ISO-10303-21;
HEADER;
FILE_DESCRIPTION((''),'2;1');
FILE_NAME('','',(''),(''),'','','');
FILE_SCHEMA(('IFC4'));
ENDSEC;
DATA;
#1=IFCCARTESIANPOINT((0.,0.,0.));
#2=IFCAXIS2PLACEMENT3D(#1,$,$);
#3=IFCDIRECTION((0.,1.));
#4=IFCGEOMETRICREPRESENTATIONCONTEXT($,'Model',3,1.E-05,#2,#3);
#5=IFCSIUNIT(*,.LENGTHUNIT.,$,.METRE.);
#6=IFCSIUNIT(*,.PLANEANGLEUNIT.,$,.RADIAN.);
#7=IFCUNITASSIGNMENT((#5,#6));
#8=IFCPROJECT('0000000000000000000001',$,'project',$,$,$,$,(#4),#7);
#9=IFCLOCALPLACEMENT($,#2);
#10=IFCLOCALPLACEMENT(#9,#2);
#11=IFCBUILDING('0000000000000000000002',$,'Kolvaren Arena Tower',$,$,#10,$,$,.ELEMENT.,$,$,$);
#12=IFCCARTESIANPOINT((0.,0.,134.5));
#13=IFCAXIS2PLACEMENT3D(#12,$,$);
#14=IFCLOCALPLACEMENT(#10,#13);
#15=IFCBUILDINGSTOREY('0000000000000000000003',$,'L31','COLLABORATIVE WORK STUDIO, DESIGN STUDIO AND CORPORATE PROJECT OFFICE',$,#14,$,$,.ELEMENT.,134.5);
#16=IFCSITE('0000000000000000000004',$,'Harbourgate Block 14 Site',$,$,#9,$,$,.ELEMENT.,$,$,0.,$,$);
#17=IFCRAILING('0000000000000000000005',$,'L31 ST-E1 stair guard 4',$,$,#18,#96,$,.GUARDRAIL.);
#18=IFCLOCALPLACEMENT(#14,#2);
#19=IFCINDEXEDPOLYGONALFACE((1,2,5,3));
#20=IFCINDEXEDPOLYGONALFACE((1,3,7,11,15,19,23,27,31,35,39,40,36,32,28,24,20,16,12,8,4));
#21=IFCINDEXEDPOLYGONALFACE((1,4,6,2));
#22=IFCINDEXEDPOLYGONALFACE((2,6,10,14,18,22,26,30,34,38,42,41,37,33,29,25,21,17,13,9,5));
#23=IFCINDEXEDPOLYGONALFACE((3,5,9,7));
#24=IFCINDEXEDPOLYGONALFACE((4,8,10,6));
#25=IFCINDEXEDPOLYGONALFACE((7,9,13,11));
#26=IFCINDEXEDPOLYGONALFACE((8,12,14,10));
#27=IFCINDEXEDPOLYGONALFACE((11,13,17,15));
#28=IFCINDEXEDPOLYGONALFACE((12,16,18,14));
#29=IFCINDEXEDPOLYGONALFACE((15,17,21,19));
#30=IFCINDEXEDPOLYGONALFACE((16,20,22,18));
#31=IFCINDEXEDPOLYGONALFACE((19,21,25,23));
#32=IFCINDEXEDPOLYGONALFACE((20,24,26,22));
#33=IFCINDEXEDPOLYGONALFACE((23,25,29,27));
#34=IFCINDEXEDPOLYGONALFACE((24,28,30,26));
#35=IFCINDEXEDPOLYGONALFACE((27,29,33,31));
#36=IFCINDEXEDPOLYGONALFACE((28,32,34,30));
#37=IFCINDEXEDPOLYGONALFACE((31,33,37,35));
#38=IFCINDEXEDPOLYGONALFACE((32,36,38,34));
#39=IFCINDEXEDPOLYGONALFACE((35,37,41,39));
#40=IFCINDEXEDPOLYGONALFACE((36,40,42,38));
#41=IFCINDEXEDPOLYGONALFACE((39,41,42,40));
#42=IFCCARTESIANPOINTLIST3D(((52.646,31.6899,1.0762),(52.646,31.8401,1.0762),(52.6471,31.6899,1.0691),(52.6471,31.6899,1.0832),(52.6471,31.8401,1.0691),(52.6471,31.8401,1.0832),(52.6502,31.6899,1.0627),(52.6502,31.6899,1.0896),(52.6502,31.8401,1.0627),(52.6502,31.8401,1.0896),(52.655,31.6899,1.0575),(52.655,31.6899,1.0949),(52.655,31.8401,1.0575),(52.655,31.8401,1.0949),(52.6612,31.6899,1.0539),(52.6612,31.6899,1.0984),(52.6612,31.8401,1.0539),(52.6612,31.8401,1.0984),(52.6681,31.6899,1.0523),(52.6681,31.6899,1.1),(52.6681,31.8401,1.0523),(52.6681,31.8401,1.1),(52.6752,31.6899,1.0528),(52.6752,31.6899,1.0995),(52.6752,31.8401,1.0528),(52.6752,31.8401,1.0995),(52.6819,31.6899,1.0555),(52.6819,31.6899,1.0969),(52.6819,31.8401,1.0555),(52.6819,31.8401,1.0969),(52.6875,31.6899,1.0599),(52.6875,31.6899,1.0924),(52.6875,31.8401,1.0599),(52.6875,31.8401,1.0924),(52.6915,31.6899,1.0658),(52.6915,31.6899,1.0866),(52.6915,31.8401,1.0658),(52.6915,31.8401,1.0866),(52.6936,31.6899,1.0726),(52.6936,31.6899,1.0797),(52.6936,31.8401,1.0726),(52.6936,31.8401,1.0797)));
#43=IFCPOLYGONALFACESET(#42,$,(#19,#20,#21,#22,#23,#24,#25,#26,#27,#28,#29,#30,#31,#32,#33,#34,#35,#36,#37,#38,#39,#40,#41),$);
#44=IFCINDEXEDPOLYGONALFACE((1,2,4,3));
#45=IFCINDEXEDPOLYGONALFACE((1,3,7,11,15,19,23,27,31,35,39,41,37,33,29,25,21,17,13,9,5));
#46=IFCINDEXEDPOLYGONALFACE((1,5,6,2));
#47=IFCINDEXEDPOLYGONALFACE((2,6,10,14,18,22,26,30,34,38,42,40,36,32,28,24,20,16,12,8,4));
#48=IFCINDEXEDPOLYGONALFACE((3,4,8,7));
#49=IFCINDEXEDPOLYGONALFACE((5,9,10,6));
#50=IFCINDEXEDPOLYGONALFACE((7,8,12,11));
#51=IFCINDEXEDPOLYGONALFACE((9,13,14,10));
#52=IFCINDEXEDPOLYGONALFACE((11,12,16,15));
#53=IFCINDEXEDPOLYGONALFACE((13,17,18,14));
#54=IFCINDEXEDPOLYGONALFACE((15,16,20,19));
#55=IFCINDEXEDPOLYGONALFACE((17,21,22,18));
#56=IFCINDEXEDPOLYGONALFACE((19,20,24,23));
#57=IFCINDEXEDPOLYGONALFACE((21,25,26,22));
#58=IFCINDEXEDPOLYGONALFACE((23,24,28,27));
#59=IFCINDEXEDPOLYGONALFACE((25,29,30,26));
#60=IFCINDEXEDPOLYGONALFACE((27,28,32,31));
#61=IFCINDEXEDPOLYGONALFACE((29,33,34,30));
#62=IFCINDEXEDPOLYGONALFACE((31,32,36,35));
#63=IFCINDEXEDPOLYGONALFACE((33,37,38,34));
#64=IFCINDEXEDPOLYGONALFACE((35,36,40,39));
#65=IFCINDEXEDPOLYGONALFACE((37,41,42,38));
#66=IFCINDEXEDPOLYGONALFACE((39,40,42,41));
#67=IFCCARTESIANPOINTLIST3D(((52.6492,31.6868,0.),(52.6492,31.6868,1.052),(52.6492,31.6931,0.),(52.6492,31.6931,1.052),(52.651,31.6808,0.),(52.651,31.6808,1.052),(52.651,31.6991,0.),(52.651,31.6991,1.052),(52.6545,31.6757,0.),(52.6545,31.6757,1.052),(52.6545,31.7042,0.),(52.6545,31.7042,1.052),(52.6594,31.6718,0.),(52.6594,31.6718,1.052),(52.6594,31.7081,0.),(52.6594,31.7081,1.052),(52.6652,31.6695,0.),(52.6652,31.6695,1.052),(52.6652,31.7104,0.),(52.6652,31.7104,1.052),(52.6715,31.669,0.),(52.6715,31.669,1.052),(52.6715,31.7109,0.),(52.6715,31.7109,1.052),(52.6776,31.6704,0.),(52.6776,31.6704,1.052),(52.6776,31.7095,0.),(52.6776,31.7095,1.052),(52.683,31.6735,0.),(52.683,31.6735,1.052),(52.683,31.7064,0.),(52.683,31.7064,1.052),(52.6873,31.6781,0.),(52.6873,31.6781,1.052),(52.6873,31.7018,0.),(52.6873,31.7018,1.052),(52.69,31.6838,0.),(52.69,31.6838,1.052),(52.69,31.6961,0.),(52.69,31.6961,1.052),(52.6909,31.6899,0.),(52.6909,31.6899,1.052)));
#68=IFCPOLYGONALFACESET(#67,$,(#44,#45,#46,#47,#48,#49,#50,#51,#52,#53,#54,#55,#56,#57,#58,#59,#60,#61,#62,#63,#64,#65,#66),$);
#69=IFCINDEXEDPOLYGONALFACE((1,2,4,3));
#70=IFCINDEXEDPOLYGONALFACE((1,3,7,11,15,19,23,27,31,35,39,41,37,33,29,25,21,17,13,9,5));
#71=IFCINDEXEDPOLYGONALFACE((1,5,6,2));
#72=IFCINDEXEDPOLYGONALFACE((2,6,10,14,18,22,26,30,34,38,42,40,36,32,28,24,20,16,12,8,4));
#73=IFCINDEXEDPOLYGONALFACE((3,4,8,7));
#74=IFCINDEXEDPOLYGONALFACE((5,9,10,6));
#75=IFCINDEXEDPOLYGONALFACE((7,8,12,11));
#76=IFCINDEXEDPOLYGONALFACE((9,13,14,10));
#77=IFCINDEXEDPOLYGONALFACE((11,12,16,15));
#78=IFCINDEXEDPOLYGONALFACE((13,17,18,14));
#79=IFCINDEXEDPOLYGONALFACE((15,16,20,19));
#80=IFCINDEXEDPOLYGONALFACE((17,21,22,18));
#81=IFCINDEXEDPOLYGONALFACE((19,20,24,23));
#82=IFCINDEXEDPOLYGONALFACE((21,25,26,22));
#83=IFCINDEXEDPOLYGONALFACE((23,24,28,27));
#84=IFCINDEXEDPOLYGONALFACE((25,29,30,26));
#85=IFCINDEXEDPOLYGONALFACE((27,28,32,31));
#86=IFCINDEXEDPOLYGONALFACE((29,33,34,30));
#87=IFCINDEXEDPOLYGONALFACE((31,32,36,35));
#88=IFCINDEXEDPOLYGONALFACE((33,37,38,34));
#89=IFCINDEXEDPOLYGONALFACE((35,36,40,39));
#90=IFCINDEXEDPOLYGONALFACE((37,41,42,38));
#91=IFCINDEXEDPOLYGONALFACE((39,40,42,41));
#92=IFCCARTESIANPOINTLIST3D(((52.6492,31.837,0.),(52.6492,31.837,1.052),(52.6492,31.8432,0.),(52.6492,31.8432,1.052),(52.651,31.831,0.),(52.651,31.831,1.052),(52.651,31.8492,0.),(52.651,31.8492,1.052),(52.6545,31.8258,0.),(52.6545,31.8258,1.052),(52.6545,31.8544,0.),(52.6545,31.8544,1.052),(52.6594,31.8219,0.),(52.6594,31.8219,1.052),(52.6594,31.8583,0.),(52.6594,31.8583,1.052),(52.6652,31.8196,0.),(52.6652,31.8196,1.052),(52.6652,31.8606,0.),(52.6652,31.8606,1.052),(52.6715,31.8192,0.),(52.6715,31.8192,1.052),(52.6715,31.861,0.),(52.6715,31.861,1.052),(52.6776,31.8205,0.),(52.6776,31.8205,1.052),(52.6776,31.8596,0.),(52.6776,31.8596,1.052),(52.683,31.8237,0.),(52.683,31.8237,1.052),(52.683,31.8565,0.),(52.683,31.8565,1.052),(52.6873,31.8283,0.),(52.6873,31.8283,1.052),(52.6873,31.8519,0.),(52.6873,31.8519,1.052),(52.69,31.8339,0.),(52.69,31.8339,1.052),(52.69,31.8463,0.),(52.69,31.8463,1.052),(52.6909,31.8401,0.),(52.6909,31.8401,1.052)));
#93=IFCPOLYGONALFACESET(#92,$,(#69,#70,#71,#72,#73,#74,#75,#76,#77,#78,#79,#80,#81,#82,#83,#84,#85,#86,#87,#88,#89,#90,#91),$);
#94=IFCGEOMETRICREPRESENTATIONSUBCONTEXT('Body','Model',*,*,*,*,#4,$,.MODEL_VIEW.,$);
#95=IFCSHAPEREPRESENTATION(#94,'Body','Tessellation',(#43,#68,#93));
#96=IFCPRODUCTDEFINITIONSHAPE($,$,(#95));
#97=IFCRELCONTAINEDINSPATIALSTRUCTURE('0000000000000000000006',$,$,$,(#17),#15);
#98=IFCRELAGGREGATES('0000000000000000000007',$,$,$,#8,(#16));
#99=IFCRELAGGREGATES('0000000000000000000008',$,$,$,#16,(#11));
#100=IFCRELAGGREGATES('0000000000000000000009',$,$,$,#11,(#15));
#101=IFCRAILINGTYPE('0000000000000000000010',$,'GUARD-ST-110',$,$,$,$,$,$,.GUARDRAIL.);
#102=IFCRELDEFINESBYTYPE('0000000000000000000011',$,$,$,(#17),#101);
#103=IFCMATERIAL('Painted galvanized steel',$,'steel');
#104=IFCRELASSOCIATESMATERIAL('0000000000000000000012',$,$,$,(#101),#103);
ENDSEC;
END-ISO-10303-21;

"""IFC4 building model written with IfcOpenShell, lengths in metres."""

from ifc_helpers import new_model, si_unit, direction, frame, origin, origin_2d, place, context, subcontext, project, spatial, circle, extrude, material, type_object, element, save


model = new_model("IFC4")

# Units and contexts
model_context = context("Model", 3, precision=1e-05, world=origin(), true_north=direction((0.0, 1.0)))
body_context = subcontext(model_context, "Body", "Model", "MODEL_VIEW")
ifc_project = project(units=[si_unit("LENGTHUNIT", "METRE"), si_unit("PLANEANGLEUNIT", "RADIAN")], contexts=[model_context])

# Site, building, storey
site_placement = place(None, origin())
site = spatial("IfcSite", under=ifc_project, at=site_placement, Name="Harbourgate Block 14 Site", CompositionType="ELEMENT", RefElevation=0.0)
building_placement = place(site_placement, origin())
building = spatial("IfcBuilding", under=site, at=building_placement, Name="Kolvaren Arena Tower", CompositionType="ELEMENT")
storey_placement = place(building_placement, frame((0.0, 0.0, 134.5)))
storey = spatial("IfcBuildingStorey", under=building, at=storey_placement, Name="L31", Description="COLLABORATIVE WORK STUDIO, DESIGN STUDIO AND CORPORATE PROJECT OFFICE", CompositionType="ELEMENT", Elevation=134.5)

# Railing
ifc_material_1 = material(Name="Painted galvanized steel", Category="steel")
railing_type_1 = type_object("IfcRailingType", Name="GUARD-ST-110", PredefinedType="GUARDRAIL", material=ifc_material_1)
railing_1_placement = place(storey_placement, frame((52.6699, 31.6899, 0.0)))
element("IfcRailing", 1, at=railing_1_placement, inside=storey, type_object=railing_type_1, Name="L31 ST-E1 stair guard 4", PredefinedType="GUARDRAIL", context=body_context, shape_type="SweptSolid", body=[
    extrude(circle(Radius=0.0239, at=origin_2d()), frame((0.0, 0.0, 1.0762), z_axis=(0.0, 1.0, 0.0), x_axis=(-1.0, 0.0, 0.0)), (0.0, 0.0, 1.0), 0.1501),
    extrude(circle(Radius=0.021, at=origin_2d()), origin(), (0.0, 0.0, 1.0), 1.052),
    extrude(circle(Radius=0.021, at=origin_2d()), frame((0.0, 0.1501, 0.0)), (0.0, 0.0, 1.0), 1.052),
])

save(model, "model.ifc")
